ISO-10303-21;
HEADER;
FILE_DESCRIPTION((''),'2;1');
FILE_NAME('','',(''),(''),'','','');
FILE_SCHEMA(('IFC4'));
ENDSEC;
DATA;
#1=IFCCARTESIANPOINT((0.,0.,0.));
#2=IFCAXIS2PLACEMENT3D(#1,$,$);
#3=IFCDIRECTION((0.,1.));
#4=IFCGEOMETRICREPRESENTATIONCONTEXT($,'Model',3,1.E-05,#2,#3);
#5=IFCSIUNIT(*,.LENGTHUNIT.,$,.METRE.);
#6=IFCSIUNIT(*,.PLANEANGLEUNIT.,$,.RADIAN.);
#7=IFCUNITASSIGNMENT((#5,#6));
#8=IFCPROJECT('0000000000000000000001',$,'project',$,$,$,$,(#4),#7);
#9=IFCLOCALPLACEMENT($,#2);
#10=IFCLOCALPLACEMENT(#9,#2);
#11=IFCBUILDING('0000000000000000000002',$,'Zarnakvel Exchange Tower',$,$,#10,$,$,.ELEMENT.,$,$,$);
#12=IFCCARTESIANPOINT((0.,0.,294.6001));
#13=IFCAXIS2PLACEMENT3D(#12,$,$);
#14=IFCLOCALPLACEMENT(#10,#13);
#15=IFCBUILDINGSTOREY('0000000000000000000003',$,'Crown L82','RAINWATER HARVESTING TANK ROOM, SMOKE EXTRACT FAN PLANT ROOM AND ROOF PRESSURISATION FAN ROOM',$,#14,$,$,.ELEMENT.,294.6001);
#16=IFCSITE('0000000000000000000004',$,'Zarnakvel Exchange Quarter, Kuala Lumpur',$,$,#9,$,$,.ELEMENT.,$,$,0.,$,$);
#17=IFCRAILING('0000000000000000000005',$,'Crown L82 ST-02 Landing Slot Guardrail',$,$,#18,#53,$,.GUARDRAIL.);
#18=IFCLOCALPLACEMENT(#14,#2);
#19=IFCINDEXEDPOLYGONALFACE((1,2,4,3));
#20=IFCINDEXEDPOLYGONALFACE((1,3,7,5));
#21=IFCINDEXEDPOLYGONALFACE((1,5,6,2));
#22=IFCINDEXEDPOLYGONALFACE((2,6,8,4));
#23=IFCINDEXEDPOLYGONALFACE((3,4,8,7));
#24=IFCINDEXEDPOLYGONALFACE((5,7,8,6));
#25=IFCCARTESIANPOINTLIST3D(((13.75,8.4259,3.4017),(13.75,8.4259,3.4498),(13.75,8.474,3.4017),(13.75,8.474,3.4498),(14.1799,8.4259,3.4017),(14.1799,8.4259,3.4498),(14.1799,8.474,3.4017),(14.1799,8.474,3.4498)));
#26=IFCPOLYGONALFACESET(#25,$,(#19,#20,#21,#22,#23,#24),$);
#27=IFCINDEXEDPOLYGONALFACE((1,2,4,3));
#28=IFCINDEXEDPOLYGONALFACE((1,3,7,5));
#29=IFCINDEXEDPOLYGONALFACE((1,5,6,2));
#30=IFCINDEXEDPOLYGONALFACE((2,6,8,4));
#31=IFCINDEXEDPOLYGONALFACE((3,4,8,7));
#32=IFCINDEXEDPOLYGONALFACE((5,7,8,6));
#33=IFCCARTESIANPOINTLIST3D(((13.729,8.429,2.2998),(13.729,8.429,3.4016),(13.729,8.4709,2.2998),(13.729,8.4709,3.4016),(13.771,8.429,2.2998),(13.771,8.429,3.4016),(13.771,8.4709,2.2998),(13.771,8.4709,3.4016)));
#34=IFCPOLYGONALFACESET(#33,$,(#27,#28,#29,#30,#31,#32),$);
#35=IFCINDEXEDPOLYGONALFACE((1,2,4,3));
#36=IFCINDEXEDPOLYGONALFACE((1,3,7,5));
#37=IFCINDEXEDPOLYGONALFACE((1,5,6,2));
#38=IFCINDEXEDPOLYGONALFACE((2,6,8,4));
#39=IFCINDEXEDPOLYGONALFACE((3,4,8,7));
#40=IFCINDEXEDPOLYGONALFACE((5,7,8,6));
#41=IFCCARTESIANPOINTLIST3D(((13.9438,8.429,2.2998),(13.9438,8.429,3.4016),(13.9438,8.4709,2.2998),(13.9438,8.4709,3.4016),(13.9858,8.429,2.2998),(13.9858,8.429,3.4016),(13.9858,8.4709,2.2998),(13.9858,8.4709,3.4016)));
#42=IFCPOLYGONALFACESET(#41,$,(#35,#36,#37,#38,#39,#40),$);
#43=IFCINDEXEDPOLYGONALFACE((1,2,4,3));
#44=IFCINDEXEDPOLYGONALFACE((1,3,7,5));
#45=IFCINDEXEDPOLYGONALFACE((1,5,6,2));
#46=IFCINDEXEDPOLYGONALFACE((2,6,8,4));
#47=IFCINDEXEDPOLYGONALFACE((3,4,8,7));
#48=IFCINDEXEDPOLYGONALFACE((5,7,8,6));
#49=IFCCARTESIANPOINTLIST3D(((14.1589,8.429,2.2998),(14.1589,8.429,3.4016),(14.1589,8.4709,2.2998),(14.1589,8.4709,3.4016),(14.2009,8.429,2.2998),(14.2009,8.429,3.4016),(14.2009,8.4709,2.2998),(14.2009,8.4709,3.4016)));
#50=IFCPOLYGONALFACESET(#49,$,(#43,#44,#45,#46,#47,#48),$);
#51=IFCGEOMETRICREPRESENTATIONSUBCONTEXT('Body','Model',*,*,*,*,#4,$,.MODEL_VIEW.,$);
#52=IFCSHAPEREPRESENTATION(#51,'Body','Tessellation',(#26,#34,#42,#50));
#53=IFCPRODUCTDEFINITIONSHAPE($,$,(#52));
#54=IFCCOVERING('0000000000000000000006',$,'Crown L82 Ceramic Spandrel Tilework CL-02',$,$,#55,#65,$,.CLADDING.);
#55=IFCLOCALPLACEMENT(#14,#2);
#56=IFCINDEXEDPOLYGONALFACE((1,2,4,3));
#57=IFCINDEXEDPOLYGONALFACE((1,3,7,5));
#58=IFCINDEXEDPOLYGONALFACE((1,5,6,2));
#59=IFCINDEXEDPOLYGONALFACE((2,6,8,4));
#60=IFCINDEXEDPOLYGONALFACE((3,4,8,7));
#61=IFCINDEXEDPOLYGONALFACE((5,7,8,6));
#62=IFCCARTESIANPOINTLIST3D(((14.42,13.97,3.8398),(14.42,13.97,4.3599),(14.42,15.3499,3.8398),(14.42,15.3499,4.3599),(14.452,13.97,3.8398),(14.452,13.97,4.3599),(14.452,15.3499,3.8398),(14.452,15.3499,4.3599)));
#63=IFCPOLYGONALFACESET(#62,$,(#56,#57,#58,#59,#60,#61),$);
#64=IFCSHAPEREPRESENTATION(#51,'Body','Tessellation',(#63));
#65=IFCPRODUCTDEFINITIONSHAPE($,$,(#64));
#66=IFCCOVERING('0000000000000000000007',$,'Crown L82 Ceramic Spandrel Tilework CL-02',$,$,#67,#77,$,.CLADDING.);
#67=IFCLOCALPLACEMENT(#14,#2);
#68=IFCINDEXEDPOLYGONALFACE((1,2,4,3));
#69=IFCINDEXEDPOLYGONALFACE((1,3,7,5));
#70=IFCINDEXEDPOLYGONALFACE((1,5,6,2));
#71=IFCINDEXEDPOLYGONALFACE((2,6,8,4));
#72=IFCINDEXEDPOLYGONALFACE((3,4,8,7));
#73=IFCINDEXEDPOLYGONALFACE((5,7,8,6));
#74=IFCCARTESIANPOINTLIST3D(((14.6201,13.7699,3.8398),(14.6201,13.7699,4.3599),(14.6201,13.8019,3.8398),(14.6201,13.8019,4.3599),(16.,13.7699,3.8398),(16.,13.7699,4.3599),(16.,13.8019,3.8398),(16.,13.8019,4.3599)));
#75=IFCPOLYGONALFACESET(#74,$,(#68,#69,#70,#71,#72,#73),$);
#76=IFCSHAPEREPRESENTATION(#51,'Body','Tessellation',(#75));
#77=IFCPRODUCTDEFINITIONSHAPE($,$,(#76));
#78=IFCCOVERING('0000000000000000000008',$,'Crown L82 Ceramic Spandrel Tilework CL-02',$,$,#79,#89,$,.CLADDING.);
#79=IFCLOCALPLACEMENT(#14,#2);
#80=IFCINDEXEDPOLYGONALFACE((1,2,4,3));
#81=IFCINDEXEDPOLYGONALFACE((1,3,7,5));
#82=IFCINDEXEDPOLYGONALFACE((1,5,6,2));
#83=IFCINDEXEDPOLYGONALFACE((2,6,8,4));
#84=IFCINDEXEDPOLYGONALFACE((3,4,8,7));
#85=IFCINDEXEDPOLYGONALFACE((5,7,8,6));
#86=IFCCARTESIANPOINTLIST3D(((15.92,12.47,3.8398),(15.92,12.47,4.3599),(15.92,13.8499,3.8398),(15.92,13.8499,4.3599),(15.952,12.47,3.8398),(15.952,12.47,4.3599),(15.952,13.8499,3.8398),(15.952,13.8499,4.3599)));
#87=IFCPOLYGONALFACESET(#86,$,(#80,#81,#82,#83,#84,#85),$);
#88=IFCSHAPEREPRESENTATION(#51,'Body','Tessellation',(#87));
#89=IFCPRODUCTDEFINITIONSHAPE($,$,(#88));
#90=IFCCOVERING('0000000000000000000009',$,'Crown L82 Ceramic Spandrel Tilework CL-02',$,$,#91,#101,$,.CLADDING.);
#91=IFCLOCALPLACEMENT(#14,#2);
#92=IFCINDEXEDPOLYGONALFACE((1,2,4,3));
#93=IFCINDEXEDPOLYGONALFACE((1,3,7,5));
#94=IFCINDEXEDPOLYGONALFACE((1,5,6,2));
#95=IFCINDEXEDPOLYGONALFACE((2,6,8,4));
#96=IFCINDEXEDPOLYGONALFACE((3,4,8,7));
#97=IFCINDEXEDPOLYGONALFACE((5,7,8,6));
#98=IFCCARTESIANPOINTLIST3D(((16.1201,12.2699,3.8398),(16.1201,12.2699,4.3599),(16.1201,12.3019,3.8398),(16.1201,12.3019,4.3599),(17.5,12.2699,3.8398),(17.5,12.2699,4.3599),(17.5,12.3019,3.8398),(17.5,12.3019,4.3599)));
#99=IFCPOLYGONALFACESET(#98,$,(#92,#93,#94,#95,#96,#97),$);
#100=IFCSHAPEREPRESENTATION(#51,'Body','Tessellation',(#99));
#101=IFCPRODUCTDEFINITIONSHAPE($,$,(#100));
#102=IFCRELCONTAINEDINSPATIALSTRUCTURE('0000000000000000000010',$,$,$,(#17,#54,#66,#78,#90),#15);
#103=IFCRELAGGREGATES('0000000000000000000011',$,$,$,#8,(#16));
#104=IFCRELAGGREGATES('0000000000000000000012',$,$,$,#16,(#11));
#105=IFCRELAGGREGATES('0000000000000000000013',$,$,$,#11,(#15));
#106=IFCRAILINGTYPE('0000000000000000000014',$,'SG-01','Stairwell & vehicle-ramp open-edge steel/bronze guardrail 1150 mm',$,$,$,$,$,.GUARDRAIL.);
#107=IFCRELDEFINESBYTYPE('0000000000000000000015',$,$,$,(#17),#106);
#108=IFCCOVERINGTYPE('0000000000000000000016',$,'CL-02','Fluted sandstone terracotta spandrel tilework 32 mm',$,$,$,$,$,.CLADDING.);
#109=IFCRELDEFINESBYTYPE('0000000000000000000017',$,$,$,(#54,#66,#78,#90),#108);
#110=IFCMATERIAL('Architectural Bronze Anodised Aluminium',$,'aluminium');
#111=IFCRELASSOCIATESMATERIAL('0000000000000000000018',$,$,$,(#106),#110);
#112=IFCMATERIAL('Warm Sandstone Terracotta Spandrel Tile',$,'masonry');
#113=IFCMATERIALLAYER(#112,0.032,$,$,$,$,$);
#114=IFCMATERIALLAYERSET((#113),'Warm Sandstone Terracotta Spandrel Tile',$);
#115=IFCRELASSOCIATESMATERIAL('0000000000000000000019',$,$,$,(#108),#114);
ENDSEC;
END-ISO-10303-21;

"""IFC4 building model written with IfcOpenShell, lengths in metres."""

from ifc_helpers import new_model, si_unit, direction, frame, origin, origin_2d, place, context, subcontext, project, spatial, rectangle, extrude, source, transform, mapped, material, layer, layer_set, type_object, element, save


model = new_model("IFC4")

# Units and contexts
model_context = context("Model", 3, precision=1e-05, world=origin(), true_north=direction((0.0, 1.0)))
body_context = subcontext(model_context, "Body", "Model", "MODEL_VIEW")
ifc_project = project(units=[si_unit("LENGTHUNIT", "METRE"), si_unit("PLANEANGLEUNIT", "RADIAN")], contexts=[model_context])

# Site, building, storey
site_placement = place(None, origin())
site = spatial("IfcSite", under=ifc_project, at=site_placement, Name="Zarnakvel Exchange Quarter, Kuala Lumpur", CompositionType="ELEMENT", RefElevation=0.0)
building_placement = place(site_placement, origin())
building = spatial("IfcBuilding", under=site, at=building_placement, Name="Zarnakvel Exchange Tower", CompositionType="ELEMENT")
storey_placement = place(building_placement, frame((0.0, 0.0, 294.6001)))
storey = spatial("IfcBuildingStorey", under=building, at=storey_placement, Name="Crown L82", Description="RAINWATER HARVESTING TANK ROOM, SMOKE EXTRACT FAN PLANT ROOM AND ROOF PRESSURISATION FAN ROOM", CompositionType="ELEMENT", Elevation=294.6001)

# Shared definitions
ifc_material_1 = material(Name="Architectural Bronze Anodised Aluminium", Category="aluminium")

# Railing
railing_type_1 = type_object("IfcRailingType", Name="SG-01", Description="Stairwell & vehicle-ramp open-edge steel/bronze guardrail 1150 mm", PredefinedType="GUARDRAIL", material=ifc_material_1)
railing_1_placement = place(storey_placement, frame((13.75, 8.45, 2.2998)))
element("IfcRailing", 1, at=railing_1_placement, inside=storey, type_object=railing_type_1, Name="Crown L82 ST-02 Landing Slot Guardrail", PredefinedType="GUARDRAIL", context=body_context, shape_type="SweptSolid", body=[
    extrude(rectangle(XDim=0.0481, YDim=0.0481, at=origin_2d()), frame((0.0, 0.0, 1.126), z_axis=(1.0, 0.0, 0.0), x_axis=(0.0, 1.0, 0.0)), (0.0, 0.0, 1.0), 0.4299),
    extrude(rectangle(XDim=0.042, YDim=0.042, at=origin_2d()), origin(), (0.0, 0.0, 1.0), 1.1018),
    extrude(rectangle(XDim=0.042, YDim=0.042, at=origin_2d()), frame((0.2148, 0.0, 0.0)), (0.0, 0.0, 1.0), 1.1018),
    extrude(rectangle(XDim=0.042, YDim=0.042, at=origin_2d()), frame((0.4299, 0.0, 0.0)), (0.0, 0.0, 1.0), 1.1018),
])

# Coverings
ifc_material_2 = material(Name="Warm Sandstone Terracotta Spandrel Tile", Category="masonry")
ifc_layer_1 = layer(ifc_material_2, 0.032)
ifc_layer_set_1 = layer_set([ifc_layer_1], Name="Warm Sandstone Terracotta Spandrel Tile")
covering_type = type_object("IfcCoveringType", Name="CL-02", Description="Fluted sandstone terracotta spandrel tilework 32 mm", PredefinedType="CLADDING", material=ifc_layer_set_1)
shared_shape_1 = source(origin(), body_context, "Body", "SweptSolid", [
    extrude(rectangle(XDim=1.3799, YDim=0.032, at=origin_2d()), origin(), (0.0, 0.0, 1.0), 0.52),
])
for number, where, z_axis, x_axis, name in (
    (2, (14.436, 14.6599, 3.8398), (0.0, 0.0, 1.0), (0.0, 1.0, 0.0), "Crown L82 Ceramic Spandrel Tilework CL-02"),
    (3, (15.3101, 13.7859, 3.8398), (0.0, 0.0, 1.0), (-1.0, 0.0, 0.0), "Crown L82 Ceramic Spandrel Tilework CL-02"),
    (4, (15.936, 13.1599, 3.8398), (0.0, 0.0, 1.0), (0.0, 1.0, 0.0), "Crown L82 Ceramic Spandrel Tilework CL-02"),
    (5, (16.8101, 12.2859, 3.8398), (0.0, 0.0, 1.0), (-1.0, 0.0, 0.0), "Crown L82 Ceramic Spandrel Tilework CL-02"),
):
    element("IfcCovering", number, at=place(storey_placement, frame(where, z_axis=z_axis, x_axis=x_axis)), inside=storey, type_object=covering_type, Name=name, PredefinedType="CLADDING", context=body_context, shape_type="MappedRepresentation", body=[
        mapped(shared_shape_1, transform((0.0, 0.0, 0.0), x_axis=(1.0, 0.0, 0.0), y_axis=(0.0, 1.0, 0.0), z_axis=(0.0, 0.0, 1.0), scale=1.0)),
    ])

save(model, "model.ifc")
